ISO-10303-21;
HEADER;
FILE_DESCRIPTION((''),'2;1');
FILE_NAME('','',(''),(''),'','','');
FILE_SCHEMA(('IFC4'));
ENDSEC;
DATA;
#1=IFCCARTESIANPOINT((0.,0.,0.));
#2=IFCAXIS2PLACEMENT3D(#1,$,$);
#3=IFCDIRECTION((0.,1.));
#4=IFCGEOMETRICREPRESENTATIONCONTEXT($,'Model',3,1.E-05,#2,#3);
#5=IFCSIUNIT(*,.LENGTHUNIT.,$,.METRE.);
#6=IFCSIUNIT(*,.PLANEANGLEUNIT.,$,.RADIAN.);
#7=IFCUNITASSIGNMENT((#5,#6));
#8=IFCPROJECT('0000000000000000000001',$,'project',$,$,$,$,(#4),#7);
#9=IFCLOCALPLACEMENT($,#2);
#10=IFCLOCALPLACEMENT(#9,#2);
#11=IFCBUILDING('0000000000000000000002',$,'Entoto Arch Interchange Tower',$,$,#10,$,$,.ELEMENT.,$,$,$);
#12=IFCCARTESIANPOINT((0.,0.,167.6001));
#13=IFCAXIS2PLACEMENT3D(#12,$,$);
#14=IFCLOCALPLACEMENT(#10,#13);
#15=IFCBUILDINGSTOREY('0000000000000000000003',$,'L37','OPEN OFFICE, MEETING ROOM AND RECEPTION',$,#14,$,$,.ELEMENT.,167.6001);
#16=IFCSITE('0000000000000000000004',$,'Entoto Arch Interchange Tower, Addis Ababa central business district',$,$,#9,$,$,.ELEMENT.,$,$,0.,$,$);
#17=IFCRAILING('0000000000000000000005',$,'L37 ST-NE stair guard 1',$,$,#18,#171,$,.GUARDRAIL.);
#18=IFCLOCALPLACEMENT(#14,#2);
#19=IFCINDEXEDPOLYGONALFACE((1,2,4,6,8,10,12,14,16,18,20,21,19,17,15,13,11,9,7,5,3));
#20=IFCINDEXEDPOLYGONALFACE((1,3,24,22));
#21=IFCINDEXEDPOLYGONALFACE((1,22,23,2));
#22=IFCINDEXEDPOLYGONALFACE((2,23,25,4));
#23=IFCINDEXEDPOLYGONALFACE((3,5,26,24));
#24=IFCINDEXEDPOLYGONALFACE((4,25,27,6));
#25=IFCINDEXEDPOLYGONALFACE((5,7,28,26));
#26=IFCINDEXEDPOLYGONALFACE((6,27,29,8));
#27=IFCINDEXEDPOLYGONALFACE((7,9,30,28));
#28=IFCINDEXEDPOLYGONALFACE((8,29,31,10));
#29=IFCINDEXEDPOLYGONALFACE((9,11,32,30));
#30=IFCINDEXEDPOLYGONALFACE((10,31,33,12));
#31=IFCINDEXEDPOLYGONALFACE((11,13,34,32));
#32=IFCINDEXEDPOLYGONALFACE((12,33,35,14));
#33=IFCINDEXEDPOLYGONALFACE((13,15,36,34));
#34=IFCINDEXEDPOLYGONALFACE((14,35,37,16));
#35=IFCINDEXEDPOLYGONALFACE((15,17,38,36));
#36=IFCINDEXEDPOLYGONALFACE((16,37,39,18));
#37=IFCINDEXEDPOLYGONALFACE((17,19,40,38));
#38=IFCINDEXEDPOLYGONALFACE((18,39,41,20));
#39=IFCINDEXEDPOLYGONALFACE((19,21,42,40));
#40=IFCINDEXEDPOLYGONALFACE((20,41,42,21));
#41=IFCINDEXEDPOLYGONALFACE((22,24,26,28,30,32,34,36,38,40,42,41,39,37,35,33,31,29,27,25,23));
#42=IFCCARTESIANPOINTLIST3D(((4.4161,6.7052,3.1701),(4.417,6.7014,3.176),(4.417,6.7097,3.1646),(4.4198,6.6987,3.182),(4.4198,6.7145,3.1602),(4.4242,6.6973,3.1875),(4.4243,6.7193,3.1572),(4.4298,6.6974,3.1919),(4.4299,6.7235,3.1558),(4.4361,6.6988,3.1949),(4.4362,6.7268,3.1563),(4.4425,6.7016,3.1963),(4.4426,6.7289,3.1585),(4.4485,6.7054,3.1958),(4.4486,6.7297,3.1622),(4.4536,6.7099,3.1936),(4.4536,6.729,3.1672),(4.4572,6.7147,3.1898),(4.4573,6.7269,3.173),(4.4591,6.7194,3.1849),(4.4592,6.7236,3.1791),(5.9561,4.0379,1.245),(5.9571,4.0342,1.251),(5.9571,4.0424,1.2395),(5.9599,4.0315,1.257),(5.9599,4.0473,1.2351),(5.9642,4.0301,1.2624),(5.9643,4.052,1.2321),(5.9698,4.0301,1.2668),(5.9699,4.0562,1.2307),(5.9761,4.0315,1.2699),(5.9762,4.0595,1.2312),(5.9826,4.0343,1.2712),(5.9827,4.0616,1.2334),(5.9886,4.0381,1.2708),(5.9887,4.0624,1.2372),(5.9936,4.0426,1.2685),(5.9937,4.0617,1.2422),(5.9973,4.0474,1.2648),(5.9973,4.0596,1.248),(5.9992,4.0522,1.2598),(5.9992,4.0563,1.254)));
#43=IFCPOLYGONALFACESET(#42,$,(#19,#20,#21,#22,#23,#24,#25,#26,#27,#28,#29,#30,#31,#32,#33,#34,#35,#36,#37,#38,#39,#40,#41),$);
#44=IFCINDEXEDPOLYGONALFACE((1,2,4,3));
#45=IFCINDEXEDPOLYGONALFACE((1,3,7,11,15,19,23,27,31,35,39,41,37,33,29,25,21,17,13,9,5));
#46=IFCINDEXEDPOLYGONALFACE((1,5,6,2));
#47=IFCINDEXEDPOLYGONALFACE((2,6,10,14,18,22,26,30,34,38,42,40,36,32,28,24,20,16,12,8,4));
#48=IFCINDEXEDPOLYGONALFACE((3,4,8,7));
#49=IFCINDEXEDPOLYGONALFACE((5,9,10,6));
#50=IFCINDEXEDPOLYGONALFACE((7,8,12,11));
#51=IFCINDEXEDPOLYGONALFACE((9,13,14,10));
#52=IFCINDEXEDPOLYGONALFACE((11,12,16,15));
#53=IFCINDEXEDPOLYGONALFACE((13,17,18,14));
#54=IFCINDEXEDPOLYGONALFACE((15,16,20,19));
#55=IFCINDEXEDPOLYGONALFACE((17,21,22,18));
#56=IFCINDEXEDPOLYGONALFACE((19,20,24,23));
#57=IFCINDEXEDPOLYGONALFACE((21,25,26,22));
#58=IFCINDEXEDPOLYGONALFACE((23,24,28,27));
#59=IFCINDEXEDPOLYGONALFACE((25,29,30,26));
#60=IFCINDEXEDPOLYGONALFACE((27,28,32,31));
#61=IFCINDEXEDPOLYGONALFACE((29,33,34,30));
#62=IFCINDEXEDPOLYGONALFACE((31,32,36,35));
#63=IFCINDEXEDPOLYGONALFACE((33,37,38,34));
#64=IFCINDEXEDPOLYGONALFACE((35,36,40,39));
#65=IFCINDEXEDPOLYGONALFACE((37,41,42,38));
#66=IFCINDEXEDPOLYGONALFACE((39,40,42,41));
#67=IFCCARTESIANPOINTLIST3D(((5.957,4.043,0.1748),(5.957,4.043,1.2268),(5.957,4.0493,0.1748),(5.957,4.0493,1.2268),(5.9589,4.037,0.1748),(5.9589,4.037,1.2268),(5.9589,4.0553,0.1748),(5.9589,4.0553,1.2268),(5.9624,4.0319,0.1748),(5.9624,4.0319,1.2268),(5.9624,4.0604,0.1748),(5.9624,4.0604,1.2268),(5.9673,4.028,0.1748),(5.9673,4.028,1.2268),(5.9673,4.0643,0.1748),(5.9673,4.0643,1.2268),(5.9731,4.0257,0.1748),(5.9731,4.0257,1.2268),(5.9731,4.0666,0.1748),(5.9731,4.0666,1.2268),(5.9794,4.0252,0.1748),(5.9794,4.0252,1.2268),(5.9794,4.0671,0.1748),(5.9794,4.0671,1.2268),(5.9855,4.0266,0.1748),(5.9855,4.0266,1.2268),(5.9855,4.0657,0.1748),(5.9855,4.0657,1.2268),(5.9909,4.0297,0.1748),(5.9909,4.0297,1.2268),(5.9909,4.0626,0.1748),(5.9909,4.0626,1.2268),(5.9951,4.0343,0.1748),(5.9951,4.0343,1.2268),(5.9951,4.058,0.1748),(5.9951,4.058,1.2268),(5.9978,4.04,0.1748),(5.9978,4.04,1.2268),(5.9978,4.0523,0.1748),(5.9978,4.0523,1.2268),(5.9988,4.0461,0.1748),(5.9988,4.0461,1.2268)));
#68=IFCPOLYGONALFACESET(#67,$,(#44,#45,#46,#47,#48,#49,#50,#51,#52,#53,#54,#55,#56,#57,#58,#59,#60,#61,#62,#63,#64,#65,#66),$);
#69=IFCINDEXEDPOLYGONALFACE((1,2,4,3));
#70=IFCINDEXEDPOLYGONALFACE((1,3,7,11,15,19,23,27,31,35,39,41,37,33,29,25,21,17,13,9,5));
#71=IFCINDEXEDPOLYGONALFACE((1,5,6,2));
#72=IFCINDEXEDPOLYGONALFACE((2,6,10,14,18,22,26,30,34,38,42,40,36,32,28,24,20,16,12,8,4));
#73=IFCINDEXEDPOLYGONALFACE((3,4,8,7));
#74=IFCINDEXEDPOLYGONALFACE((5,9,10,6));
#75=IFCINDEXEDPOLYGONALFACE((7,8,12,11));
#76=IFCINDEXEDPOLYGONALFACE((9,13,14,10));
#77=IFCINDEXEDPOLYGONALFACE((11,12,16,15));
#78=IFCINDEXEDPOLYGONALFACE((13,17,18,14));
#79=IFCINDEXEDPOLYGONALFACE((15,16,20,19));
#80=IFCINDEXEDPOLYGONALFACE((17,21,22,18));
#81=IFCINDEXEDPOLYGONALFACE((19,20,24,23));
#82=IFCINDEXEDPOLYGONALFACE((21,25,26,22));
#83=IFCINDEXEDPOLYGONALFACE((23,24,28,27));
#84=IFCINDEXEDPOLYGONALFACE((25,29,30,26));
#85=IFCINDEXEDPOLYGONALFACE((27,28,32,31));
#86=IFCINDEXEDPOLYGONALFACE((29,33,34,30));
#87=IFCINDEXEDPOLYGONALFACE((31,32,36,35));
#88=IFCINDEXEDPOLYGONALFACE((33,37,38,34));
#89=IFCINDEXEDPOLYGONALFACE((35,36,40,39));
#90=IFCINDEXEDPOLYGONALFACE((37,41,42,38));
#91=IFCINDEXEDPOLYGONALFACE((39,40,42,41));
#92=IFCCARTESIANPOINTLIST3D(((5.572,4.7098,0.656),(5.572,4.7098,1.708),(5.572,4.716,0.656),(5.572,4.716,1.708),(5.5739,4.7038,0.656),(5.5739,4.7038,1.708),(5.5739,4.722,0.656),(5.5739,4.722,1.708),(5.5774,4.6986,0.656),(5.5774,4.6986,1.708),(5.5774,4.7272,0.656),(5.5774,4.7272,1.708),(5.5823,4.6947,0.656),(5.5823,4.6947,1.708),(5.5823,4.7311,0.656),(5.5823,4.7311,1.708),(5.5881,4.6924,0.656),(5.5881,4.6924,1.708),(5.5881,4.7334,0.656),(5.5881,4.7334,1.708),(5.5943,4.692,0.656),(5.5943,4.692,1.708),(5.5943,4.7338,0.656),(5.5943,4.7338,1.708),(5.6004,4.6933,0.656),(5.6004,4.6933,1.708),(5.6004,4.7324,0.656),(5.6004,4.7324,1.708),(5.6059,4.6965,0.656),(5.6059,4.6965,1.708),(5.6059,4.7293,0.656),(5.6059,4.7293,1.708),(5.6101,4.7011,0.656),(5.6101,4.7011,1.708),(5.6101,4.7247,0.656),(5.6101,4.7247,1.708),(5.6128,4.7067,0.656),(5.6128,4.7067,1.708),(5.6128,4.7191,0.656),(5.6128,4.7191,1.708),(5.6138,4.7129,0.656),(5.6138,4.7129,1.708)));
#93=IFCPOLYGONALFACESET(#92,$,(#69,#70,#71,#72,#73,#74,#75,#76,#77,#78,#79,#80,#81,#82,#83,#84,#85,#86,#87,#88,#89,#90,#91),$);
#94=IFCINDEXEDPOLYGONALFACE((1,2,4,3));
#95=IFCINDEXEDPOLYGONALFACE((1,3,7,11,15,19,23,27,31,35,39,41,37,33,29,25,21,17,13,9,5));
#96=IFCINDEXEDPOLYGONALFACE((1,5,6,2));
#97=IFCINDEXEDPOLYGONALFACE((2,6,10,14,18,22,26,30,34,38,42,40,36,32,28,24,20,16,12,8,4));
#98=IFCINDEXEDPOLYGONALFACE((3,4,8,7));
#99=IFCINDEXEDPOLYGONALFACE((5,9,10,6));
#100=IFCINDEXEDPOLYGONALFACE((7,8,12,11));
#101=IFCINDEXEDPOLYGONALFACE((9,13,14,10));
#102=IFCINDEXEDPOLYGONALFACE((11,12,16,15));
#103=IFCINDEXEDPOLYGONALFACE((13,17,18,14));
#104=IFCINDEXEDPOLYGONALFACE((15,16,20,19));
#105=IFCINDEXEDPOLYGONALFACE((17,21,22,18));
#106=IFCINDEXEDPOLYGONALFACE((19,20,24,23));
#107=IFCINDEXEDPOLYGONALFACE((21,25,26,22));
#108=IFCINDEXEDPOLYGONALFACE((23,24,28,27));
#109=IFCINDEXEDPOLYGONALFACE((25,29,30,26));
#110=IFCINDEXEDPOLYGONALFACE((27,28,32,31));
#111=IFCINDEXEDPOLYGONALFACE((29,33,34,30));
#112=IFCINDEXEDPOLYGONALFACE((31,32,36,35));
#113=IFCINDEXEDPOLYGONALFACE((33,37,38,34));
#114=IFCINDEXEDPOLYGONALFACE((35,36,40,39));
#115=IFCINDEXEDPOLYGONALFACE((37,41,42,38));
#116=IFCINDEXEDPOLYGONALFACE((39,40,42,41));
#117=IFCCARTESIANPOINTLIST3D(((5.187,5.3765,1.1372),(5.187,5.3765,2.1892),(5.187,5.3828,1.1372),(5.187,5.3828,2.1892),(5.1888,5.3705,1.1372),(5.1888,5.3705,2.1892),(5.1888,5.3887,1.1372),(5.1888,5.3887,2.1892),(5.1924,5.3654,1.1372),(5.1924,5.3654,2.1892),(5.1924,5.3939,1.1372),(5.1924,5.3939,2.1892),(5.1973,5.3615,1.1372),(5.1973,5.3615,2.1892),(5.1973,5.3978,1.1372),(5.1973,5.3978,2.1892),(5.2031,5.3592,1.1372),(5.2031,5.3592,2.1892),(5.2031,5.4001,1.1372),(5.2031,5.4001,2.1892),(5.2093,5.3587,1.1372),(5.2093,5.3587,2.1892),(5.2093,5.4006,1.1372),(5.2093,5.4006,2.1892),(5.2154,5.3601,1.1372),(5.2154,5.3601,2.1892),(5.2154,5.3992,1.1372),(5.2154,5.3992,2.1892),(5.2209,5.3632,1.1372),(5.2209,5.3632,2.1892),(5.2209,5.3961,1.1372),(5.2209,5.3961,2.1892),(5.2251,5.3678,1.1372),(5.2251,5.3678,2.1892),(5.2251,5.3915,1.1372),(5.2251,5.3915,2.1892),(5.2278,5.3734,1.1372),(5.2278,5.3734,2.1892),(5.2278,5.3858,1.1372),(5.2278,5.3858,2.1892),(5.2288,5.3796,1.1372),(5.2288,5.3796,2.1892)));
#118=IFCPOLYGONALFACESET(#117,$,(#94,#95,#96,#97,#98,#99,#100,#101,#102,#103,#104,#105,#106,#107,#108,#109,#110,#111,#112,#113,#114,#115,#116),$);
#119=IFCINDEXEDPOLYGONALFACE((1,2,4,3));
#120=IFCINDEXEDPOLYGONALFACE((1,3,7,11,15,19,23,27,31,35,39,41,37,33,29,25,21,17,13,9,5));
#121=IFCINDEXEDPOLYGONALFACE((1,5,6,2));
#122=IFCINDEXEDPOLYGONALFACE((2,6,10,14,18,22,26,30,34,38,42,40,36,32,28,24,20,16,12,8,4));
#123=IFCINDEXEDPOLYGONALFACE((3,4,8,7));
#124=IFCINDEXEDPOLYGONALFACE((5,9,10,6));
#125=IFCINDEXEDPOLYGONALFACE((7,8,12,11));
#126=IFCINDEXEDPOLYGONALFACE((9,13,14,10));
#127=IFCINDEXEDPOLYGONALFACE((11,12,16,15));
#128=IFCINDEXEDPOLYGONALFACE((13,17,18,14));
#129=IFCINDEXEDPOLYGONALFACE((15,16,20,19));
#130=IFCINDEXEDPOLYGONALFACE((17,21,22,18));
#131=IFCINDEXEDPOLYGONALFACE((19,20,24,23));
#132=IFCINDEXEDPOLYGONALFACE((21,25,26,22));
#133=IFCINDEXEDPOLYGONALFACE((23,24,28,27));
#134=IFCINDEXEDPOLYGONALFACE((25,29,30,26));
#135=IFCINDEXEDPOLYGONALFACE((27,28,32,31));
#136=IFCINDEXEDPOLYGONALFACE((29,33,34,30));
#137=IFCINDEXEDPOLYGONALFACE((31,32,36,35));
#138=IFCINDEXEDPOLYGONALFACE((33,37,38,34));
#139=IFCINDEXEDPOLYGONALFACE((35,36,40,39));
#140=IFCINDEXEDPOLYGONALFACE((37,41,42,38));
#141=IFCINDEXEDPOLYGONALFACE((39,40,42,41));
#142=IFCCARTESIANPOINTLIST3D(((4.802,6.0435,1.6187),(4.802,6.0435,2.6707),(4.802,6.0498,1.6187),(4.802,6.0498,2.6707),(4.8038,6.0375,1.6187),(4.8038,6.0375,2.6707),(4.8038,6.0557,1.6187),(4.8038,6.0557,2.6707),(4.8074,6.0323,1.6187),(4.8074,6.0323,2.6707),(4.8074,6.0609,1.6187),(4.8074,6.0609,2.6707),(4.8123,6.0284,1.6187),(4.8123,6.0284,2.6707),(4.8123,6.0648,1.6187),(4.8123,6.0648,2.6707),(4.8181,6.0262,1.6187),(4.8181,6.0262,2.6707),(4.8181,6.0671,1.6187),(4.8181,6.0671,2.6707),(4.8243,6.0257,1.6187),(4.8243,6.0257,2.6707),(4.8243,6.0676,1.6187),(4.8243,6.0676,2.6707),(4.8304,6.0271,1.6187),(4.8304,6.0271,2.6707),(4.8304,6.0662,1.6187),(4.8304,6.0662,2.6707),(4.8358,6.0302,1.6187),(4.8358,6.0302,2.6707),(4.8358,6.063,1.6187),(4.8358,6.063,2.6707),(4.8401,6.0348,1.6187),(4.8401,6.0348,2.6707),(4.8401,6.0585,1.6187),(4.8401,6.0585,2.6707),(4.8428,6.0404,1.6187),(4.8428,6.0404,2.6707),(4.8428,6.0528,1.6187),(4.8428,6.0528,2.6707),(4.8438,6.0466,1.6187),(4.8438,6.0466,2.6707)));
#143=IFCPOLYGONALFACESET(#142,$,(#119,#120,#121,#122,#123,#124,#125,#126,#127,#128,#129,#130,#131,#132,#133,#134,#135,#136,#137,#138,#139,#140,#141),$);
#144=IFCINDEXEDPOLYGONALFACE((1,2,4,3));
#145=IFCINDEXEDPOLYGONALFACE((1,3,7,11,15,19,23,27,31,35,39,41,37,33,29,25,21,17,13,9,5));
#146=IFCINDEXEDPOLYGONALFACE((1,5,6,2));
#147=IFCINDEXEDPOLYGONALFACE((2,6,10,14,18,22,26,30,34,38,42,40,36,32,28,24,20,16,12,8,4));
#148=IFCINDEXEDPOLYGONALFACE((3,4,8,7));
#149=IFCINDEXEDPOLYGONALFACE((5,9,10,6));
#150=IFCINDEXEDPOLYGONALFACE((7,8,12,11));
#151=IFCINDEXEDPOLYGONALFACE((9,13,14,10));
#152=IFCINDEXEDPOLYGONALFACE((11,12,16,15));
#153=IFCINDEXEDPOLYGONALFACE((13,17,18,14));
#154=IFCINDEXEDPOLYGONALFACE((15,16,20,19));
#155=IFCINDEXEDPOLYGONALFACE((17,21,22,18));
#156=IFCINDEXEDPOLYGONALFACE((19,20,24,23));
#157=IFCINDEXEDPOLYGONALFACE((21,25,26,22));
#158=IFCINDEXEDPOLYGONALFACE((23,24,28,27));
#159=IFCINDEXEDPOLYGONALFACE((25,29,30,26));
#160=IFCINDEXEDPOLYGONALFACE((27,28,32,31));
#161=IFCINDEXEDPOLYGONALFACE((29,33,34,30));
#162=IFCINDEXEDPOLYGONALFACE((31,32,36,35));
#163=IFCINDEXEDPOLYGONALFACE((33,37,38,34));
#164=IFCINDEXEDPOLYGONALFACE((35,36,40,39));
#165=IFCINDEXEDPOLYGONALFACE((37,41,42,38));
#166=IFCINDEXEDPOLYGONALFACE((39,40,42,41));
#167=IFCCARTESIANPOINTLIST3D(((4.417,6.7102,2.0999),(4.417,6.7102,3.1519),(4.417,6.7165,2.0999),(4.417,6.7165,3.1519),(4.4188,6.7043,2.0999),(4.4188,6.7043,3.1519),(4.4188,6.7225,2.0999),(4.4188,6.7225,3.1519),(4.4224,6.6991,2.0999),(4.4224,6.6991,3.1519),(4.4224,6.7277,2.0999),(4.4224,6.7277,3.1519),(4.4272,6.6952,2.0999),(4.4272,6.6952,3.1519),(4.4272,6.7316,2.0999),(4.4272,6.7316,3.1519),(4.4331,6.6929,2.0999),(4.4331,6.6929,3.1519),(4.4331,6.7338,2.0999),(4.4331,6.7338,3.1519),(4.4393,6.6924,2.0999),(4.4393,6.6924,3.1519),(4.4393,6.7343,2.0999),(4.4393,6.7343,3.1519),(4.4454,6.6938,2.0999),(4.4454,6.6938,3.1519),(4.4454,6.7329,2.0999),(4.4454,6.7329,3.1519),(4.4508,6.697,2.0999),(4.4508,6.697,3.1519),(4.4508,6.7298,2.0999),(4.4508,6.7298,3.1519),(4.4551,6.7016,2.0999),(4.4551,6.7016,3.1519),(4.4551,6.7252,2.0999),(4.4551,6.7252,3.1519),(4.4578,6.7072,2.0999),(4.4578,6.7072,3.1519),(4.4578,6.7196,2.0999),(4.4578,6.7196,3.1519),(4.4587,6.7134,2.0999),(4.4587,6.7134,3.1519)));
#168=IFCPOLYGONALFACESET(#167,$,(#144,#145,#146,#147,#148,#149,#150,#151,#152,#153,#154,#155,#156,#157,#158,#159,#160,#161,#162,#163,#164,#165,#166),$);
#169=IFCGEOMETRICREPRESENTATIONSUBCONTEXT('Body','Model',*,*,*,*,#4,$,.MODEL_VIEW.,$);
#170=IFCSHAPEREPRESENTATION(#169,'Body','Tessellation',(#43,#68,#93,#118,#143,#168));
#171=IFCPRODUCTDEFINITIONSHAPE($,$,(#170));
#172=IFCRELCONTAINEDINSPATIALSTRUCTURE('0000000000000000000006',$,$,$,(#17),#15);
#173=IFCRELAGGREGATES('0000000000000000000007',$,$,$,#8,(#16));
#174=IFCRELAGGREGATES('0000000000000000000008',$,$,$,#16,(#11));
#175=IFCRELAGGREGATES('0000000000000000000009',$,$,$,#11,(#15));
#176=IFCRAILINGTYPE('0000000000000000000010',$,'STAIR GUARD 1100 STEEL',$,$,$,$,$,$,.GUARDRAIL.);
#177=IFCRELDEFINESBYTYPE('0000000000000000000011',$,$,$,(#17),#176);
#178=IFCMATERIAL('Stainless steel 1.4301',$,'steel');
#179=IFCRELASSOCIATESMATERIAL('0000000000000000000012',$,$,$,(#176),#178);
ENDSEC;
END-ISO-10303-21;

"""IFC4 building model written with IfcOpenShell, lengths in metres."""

from ifc_helpers import new_model, si_unit, direction, frame, origin, origin_2d, place, context, subcontext, project, spatial, circle, extrude, material, type_object, element, save


model = new_model("IFC4")

# Units and contexts
model_context = context("Model", 3, precision=1e-05, world=origin(), true_north=direction((0.0, 1.0)))
body_context = subcontext(model_context, "Body", "Model", "MODEL_VIEW")
ifc_project = project(units=[si_unit("LENGTHUNIT", "METRE"), si_unit("PLANEANGLEUNIT", "RADIAN")], contexts=[model_context])

# Site, building, storey
site_placement = place(None, origin())
site = spatial("IfcSite", under=ifc_project, at=site_placement, Name="Entoto Arch Interchange Tower, Addis Ababa central business district", CompositionType="ELEMENT", RefElevation=0.0)
building_placement = place(site_placement, origin())
building = spatial("IfcBuilding", under=site, at=building_placement, Name="Entoto Arch Interchange Tower", CompositionType="ELEMENT")
storey_placement = place(building_placement, frame((0.0, 0.0, 167.6001)))
storey = spatial("IfcBuildingStorey", under=building, at=storey_placement, Name="L37", Description="OPEN OFFICE, MEETING ROOM AND RECEPTION", CompositionType="ELEMENT", Elevation=167.6001)

# Railing
ifc_material_1 = material(Name="Stainless steel 1.4301", Category="steel")
railing_type_1 = type_object("IfcRailingType", Name="STAIR GUARD 1100 STEEL", PredefinedType="GUARDRAIL", material=ifc_material_1)
railing_1_placement = place(storey_placement, frame((5.9778, 4.0461, 0.1748)))
element("IfcRailing", 1, at=railing_1_placement, inside=storey, type_object=railing_type_1, Name="L37 ST-NE stair guard 1", PredefinedType="GUARDRAIL", context=body_context, shape_type="SweptSolid", body=[
    extrude(circle(Radius=0.0239, at=origin_2d()), frame((0.0, 0.0, 1.0762), z_axis=(-0.424015, 0.734364, 0.530019), x_axis=(-0.86601, -0.500027, 0.0)), (0.0, 0.0, 1.0), 3.6321),
    extrude(circle(Radius=0.021, at=origin_2d()), origin(), (0.0, 0.0, 1.0), 1.052),
    extrude(circle(Radius=0.021, at=origin_2d()), frame((-0.385, 0.6667, 0.4812)), (0.0, 0.0, 1.0), 1.052),
    extrude(circle(Radius=0.021, at=origin_2d()), frame((-0.77, 1.3335, 0.9624)), (0.0, 0.0, 1.0), 1.052),
    extrude(circle(Radius=0.021, at=origin_2d()), frame((-1.155, 2.0005, 1.4438)), (0.0, 0.0, 1.0), 1.052),
    extrude(circle(Radius=0.021, at=origin_2d()), frame((-1.54, 2.6672, 1.925)), (0.0, 0.0, 1.0), 1.052),
])

save(model, "model.ifc")
